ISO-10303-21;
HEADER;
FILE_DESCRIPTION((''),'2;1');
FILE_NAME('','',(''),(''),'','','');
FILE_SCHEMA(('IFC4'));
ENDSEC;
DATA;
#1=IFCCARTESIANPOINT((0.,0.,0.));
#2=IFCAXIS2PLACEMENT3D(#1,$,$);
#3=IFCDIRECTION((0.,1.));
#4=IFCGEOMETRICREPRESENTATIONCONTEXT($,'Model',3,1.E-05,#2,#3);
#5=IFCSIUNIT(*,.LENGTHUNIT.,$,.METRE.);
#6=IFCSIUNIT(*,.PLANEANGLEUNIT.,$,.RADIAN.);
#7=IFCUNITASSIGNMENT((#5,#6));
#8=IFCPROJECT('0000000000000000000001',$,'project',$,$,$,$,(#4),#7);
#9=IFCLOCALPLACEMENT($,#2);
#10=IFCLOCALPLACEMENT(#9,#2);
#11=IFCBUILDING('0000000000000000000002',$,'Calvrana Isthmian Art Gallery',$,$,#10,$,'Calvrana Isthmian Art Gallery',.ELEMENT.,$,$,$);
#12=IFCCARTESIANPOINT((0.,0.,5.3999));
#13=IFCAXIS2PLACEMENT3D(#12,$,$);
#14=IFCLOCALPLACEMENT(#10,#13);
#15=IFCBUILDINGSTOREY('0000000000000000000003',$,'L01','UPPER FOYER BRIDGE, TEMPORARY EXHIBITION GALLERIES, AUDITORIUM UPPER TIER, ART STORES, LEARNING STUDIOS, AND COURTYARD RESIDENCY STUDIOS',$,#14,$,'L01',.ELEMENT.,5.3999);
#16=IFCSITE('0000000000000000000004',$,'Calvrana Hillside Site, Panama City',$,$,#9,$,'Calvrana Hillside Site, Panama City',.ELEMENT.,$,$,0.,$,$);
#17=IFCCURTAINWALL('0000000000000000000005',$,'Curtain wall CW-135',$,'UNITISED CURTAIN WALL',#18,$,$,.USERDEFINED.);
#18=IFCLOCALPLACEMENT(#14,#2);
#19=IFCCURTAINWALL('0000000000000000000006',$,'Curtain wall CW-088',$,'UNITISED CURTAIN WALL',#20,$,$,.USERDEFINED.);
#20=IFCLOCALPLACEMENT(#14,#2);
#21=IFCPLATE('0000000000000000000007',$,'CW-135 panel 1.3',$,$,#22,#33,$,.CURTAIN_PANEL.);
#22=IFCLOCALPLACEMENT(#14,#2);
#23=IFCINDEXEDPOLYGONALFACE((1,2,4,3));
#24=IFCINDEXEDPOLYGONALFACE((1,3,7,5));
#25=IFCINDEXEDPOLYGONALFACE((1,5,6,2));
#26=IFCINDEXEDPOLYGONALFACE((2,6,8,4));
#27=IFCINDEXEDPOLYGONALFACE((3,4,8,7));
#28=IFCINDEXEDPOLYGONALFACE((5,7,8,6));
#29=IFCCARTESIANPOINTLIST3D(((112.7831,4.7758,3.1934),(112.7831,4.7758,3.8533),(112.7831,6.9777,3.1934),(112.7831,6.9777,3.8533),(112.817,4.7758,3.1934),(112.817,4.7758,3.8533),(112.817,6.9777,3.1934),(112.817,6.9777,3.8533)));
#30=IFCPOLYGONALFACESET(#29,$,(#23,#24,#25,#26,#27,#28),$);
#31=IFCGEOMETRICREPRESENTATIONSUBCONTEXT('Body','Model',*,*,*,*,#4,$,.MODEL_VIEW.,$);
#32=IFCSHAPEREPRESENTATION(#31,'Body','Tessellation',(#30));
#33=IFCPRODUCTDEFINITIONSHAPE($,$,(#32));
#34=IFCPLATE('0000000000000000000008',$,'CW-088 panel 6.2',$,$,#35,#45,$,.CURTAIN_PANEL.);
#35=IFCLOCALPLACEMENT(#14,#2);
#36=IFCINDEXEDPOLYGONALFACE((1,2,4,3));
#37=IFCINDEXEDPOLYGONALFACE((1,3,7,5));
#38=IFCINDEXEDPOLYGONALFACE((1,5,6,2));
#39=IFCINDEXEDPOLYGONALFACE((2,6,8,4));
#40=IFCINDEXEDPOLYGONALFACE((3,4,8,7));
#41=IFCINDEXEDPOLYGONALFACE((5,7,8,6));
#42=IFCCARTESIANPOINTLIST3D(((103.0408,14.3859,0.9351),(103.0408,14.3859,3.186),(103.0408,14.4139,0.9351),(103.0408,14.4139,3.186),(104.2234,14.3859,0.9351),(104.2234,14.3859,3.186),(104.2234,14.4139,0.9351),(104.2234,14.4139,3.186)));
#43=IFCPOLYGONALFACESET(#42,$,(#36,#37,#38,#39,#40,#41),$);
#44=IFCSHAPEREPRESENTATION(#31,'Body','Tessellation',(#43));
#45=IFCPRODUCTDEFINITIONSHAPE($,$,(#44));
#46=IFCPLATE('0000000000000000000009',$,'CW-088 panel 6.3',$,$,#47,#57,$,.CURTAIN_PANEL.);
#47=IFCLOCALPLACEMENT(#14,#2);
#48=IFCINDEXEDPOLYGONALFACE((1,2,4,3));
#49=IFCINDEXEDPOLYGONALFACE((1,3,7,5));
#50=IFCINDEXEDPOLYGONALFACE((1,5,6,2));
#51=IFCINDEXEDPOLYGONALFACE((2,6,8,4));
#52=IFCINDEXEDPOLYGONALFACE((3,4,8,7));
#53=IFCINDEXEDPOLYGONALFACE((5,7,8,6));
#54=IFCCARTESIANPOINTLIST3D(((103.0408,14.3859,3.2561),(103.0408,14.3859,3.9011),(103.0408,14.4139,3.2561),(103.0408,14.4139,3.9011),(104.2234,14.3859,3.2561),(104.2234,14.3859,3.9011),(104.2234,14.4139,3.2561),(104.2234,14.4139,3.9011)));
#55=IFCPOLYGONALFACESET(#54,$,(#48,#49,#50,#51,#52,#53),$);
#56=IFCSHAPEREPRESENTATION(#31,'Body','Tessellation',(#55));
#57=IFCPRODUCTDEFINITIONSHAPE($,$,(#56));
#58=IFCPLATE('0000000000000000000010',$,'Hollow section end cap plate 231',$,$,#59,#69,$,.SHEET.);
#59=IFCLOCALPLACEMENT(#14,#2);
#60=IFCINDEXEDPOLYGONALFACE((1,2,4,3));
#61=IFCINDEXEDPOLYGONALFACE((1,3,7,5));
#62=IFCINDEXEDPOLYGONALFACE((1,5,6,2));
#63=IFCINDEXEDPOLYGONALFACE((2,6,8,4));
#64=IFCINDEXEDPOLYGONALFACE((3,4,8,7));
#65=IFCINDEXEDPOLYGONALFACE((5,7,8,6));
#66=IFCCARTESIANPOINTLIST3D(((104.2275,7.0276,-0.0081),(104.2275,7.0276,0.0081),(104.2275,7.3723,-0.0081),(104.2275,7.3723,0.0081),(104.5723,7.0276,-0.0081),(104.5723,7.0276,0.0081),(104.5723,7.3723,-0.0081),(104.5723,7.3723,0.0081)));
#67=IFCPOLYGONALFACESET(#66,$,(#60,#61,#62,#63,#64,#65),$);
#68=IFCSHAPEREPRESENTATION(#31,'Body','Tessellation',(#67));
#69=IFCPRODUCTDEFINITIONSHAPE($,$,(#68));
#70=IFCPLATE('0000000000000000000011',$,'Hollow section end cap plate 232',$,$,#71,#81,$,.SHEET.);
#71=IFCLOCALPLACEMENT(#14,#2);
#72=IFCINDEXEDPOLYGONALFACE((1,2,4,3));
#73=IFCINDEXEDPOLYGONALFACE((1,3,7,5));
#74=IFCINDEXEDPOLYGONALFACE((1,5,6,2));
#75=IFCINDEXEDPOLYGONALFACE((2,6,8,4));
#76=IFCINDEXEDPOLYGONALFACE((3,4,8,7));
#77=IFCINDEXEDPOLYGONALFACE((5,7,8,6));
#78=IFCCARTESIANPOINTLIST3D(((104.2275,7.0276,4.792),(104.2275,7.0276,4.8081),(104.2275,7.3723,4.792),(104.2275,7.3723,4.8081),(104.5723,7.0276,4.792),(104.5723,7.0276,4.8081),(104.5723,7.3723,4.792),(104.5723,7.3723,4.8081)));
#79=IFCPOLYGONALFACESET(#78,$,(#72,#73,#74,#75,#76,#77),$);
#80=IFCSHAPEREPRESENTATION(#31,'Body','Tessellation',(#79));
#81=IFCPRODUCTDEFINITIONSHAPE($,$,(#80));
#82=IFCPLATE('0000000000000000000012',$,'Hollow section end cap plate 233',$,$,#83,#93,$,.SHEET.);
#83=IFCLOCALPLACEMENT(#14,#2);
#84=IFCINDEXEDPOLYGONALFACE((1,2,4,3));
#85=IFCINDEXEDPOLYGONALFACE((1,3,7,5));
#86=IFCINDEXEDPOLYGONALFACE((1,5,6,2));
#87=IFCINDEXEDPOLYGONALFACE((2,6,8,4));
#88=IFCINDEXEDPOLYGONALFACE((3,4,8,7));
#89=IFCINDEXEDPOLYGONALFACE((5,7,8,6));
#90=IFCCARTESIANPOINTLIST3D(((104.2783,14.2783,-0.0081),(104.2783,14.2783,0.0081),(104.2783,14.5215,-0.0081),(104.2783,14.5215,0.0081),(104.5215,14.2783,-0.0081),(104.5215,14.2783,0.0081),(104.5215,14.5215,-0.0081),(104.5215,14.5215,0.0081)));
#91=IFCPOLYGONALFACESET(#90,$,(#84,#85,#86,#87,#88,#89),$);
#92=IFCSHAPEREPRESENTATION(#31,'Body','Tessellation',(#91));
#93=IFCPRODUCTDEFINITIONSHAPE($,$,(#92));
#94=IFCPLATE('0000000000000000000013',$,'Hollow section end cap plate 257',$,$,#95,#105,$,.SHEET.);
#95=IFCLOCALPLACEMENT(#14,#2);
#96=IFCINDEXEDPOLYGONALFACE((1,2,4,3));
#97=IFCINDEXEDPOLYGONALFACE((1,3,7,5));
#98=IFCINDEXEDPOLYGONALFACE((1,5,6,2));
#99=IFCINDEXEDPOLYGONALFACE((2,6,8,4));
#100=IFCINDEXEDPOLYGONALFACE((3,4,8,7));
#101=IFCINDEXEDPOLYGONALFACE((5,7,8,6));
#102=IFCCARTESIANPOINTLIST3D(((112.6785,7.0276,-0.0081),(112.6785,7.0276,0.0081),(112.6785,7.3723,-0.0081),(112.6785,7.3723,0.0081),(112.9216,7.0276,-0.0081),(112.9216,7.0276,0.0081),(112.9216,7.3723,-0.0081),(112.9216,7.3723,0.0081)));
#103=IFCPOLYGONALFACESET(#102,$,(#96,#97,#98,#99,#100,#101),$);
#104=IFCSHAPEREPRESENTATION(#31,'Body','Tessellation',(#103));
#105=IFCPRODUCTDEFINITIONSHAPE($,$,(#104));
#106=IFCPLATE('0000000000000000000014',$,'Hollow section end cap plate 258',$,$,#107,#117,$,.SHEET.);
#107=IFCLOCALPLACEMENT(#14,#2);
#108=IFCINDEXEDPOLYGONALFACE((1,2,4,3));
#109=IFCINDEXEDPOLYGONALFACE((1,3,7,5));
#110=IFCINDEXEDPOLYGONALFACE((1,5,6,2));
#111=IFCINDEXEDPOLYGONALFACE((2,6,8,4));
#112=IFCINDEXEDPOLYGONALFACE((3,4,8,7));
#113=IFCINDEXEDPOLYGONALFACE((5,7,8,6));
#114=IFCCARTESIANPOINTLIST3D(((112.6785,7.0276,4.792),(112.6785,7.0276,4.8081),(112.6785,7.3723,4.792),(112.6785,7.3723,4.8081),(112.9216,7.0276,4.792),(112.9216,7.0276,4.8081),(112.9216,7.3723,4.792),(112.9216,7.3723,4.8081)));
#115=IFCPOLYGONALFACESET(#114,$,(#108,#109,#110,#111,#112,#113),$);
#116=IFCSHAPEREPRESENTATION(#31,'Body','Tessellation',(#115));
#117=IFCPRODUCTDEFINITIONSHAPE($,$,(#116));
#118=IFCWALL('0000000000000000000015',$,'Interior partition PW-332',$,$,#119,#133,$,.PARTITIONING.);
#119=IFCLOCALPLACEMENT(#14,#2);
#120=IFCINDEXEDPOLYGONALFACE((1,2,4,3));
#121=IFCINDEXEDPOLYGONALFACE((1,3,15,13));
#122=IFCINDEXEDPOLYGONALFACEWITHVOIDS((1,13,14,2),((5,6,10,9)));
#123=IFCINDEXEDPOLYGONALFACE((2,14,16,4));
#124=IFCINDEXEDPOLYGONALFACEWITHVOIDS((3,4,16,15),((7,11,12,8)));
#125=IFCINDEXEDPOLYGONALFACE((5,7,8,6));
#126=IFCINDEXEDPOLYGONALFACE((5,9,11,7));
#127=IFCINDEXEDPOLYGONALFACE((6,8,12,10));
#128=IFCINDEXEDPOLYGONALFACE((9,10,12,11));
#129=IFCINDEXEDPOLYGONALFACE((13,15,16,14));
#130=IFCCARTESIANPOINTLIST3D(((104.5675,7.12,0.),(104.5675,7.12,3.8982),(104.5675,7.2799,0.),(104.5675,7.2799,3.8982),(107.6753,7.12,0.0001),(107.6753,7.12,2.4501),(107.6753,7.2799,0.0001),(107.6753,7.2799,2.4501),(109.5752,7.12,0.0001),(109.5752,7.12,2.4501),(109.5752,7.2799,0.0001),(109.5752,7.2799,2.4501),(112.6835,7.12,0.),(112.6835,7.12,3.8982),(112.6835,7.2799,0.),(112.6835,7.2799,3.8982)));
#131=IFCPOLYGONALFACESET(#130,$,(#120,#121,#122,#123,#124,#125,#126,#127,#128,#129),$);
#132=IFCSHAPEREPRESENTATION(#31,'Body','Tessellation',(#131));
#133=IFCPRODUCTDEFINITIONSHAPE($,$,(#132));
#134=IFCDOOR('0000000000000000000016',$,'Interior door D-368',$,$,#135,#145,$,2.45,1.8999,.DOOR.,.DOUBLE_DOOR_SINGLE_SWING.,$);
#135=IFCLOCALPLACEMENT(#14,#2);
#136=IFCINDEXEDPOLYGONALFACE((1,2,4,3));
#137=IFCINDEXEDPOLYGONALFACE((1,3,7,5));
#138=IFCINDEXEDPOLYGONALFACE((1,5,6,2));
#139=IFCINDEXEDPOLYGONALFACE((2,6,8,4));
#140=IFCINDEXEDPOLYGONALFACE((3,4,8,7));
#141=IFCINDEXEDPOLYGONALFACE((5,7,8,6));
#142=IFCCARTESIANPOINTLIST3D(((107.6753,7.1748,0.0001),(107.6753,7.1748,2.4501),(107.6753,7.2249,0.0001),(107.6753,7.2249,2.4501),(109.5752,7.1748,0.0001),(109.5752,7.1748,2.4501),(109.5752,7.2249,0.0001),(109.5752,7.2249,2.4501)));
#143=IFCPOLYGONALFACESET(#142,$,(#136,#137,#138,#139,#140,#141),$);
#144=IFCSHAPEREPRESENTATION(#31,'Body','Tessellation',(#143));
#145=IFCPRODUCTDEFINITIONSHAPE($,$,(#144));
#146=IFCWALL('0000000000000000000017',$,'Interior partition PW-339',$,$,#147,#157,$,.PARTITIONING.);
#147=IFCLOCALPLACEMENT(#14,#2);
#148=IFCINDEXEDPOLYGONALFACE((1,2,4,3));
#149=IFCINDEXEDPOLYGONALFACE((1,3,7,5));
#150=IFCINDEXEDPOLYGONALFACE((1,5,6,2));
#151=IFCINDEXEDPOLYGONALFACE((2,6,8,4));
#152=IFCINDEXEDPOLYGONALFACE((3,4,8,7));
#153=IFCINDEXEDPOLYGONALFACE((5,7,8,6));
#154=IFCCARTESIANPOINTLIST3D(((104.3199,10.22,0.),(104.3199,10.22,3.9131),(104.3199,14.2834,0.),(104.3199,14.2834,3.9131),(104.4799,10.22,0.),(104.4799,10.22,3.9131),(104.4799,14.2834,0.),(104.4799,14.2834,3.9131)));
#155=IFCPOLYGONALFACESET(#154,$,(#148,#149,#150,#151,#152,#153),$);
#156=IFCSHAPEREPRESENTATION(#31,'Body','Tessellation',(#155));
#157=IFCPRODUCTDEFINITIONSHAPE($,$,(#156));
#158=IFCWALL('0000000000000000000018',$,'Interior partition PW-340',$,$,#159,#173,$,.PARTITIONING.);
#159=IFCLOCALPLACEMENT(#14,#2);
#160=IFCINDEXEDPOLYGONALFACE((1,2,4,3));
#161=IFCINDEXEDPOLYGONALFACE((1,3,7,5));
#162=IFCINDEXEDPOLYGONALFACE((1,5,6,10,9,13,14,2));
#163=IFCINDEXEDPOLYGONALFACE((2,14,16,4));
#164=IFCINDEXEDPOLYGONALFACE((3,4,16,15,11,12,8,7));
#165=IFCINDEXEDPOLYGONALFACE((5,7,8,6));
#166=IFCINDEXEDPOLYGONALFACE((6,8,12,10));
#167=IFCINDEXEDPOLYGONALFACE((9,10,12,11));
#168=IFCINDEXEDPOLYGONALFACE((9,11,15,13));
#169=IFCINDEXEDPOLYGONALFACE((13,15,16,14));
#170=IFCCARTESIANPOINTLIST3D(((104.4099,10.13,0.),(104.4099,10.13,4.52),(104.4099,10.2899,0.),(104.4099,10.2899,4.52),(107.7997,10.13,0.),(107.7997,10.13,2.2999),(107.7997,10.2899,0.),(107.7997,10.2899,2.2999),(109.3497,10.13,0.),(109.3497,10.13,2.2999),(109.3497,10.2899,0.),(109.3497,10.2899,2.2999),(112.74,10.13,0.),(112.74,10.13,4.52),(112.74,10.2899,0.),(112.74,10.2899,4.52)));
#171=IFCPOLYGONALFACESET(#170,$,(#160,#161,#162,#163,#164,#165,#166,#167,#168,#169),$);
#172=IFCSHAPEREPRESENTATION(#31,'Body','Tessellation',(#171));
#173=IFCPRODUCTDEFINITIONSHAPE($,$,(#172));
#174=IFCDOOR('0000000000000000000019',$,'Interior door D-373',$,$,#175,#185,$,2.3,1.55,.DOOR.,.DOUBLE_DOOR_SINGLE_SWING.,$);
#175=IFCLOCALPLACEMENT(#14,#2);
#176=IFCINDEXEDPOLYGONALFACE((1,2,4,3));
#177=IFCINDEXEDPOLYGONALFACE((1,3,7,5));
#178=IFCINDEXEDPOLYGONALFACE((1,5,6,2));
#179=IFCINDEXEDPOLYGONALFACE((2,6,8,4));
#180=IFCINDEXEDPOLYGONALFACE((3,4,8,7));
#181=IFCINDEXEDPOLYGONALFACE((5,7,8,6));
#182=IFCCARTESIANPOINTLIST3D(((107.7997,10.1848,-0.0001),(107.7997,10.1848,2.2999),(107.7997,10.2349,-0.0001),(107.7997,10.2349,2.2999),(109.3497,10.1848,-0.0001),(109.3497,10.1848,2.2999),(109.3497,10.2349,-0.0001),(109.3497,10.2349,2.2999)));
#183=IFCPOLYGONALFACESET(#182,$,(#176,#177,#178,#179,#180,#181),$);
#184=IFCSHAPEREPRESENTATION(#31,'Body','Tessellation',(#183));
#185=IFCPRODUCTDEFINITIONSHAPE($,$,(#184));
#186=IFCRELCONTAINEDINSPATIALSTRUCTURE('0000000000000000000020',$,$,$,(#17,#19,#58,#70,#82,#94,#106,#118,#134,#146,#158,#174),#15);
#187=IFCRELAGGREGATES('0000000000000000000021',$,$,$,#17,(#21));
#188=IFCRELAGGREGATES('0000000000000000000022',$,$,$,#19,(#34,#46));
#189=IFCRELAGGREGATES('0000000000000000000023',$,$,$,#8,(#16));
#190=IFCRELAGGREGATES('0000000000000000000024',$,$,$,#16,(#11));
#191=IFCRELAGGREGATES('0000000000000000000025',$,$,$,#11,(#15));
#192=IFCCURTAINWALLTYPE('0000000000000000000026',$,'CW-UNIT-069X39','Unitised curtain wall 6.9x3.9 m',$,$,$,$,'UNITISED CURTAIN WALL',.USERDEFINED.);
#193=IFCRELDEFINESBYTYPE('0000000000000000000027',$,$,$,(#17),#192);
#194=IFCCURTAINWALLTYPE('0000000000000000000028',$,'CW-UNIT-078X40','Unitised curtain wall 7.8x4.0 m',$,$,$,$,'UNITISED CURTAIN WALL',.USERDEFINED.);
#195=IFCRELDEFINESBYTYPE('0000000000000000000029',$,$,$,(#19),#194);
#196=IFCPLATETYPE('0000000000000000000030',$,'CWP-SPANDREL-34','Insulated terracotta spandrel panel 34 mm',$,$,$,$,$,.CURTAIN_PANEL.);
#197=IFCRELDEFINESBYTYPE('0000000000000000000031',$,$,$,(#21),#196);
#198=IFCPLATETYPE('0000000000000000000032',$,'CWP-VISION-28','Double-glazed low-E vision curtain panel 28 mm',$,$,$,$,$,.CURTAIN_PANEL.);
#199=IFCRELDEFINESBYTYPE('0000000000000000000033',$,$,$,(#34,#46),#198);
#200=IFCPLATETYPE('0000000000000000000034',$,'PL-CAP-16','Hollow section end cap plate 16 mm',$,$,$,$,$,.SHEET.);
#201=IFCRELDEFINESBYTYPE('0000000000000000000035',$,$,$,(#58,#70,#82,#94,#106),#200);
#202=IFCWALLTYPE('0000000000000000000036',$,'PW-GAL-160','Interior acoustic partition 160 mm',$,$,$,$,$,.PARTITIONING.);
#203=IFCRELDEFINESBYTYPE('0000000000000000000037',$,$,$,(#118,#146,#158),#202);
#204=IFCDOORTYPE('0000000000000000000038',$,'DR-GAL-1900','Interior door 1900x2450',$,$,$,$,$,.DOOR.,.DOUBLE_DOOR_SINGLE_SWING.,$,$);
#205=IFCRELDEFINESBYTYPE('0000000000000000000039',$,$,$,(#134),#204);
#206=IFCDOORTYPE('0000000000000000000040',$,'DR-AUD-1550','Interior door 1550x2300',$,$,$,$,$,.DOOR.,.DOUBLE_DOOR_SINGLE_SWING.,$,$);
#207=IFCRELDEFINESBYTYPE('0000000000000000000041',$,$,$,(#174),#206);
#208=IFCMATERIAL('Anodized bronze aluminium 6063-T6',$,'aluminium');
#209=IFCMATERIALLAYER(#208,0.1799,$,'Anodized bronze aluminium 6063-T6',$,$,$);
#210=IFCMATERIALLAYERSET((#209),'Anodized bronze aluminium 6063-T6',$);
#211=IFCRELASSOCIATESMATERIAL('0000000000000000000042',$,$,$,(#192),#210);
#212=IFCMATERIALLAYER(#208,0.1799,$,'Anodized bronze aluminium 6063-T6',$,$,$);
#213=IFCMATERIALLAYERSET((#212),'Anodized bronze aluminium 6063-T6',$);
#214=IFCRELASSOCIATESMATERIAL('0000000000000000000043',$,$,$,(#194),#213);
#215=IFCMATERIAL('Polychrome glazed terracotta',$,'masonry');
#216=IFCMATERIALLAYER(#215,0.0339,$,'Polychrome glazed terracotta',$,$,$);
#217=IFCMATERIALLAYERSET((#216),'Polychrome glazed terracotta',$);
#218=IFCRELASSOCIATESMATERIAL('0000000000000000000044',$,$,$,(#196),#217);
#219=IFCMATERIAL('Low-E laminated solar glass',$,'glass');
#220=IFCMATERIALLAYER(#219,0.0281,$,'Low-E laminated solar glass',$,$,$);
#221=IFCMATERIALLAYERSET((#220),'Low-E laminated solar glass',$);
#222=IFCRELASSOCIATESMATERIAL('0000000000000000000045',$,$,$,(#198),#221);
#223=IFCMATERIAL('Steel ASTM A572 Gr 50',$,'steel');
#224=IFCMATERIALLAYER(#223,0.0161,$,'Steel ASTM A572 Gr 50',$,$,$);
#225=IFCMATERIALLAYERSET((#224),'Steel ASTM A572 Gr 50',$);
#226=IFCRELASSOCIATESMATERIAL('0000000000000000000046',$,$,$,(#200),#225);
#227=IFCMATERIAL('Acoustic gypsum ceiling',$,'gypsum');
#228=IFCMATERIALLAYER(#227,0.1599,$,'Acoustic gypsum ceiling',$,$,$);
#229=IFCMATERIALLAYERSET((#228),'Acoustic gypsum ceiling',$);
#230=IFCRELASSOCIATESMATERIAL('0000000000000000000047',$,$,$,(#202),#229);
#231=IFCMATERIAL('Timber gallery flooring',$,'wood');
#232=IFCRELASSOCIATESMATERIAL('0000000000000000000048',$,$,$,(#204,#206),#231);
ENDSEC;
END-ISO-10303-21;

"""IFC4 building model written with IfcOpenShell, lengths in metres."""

from ifc_helpers import new_model, si_unit, direction, frame, frame_2d, origin, origin_2d, place, context, subcontext, project, spatial, rectangle, extrude, material, layer, layer_set, type_object, element, fill, aggregate, save


model = new_model("IFC4")

# Units and contexts
model_context = context("Model", 3, precision=1e-05, world=origin(), true_north=direction((0.0, 1.0)))
body_context = subcontext(model_context, "Body", "Model", "MODEL_VIEW")
ifc_project = project(units=[si_unit("LENGTHUNIT", "METRE"), si_unit("PLANEANGLEUNIT", "RADIAN")], contexts=[model_context])

# Site, building, storey
site_placement = place(None, origin())
site = spatial("IfcSite", under=ifc_project, at=site_placement, Name="Calvrana Hillside Site, Panama City", LongName="Calvrana Hillside Site, Panama City", CompositionType="ELEMENT", RefElevation=0.0)
building_placement = place(site_placement, origin())
building = spatial("IfcBuilding", under=site, at=building_placement, Name="Calvrana Isthmian Art Gallery", LongName="Calvrana Isthmian Art Gallery", CompositionType="ELEMENT")
storey_placement = place(building_placement, frame((0.0, 0.0, 5.3999)))
storey = spatial("IfcBuildingStorey", under=building, at=storey_placement, Name="L01", Description="UPPER FOYER BRIDGE, TEMPORARY EXHIBITION GALLERIES, AUDITORIUM UPPER TIER, ART STORES, LEARNING STUDIOS, AND COURTYARD RESIDENCY STUDIOS", LongName="L01", CompositionType="ELEMENT", Elevation=5.3999)

# Curtain wall
ifc_material_1 = material(Name="Anodized bronze aluminium 6063-T6", Category="aluminium")
ifc_layer_1 = layer(ifc_material_1, 0.1799, Name="Anodized bronze aluminium 6063-T6")
ifc_layer_set_1 = layer_set([ifc_layer_1], Name="Anodized bronze aluminium 6063-T6")
curtain_wall_type_1 = type_object("IfcCurtainWallType", Name="CW-UNIT-069X39", Description="Unitised curtain wall 6.9x3.9 m", ElementType="UNITISED CURTAIN WALL", PredefinedType="USERDEFINED", material=ifc_layer_set_1)
curtain_wall_1_placement = place(storey_placement, origin())
curtain_wall_1 = element("IfcCurtainWall", 1, at=curtain_wall_1_placement, inside=storey, type_object=curtain_wall_type_1, Name="Curtain wall CW-135", ObjectType="UNITISED CURTAIN WALL", PredefinedType="USERDEFINED")

# Curtain wall
ifc_layer_2 = layer(ifc_material_1, 0.1799, Name="Anodized bronze aluminium 6063-T6")
ifc_layer_set_2 = layer_set([ifc_layer_2], Name="Anodized bronze aluminium 6063-T6")
curtain_wall_type_2 = type_object("IfcCurtainWallType", Name="CW-UNIT-078X40", Description="Unitised curtain wall 7.8x4.0 m", ElementType="UNITISED CURTAIN WALL", PredefinedType="USERDEFINED", material=ifc_layer_set_2)
curtain_wall_2_placement = place(storey_placement, origin())
curtain_wall_2 = element("IfcCurtainWall", 2, at=curtain_wall_2_placement, inside=storey, type_object=curtain_wall_type_2, Name="Curtain wall CW-088", ObjectType="UNITISED CURTAIN WALL", PredefinedType="USERDEFINED")

# Plates
ifc_material_2 = material(Name="Polychrome glazed terracotta", Category="masonry")
ifc_layer_3 = layer(ifc_material_2, 0.0339, Name="Polychrome glazed terracotta")
ifc_layer_set_3 = layer_set([ifc_layer_3], Name="Polychrome glazed terracotta")
plate_type_1 = type_object("IfcPlateType", Name="CWP-SPANDREL-34", Description="Insulated terracotta spandrel panel 34 mm", PredefinedType="CURTAIN_PANEL", material=ifc_layer_set_3)
plate_1_placement = place(storey_placement, frame((112.8, 5.8767, 3.1934), z_axis=(0.0, 0.0, 1.0), x_axis=(0.0, -1.0, 0.0)))
plate_1 = element("IfcPlate", 3, at=plate_1_placement, type_object=plate_type_1, Name="CW-135 panel 1.3", PredefinedType="CURTAIN_PANEL", context=body_context, shape_type="SweptSolid", body=[
    extrude(rectangle(XDim=2.2019, YDim=0.0339, at=origin_2d()), origin(), (0.0, 0.0, 1.0), 0.6599),
])
aggregate(curtain_wall_1, [plate_1])
ifc_material_3 = material(Name="Low-E laminated solar glass", Category="glass")
ifc_layer_4 = layer(ifc_material_3, 0.0281, Name="Low-E laminated solar glass")
ifc_layer_set_4 = layer_set([ifc_layer_4], Name="Low-E laminated solar glass")
plate_type_2 = type_object("IfcPlateType", Name="CWP-VISION-28", Description="Double-glazed low-E vision curtain panel 28 mm", PredefinedType="CURTAIN_PANEL", material=ifc_layer_set_4)
plate_2_placement = place(storey_placement, frame((103.6321, 14.3999, 0.9351), z_axis=(0.0, 0.0, 1.0), x_axis=(1.0, 0.0, 0.0)))
plate_2 = element("IfcPlate", 4, at=plate_2_placement, type_object=plate_type_2, Name="CW-088 panel 6.2", PredefinedType="CURTAIN_PANEL", context=body_context, shape_type="SweptSolid", body=[
    extrude(rectangle(XDim=1.1826, YDim=0.0281, at=origin_2d()), origin(), (0.0, 0.0, 1.0), 2.251),
])
plate_3_placement = place(storey_placement, frame((103.6321, 14.3999, 3.2561), z_axis=(0.0, 0.0, 1.0), x_axis=(1.0, 0.0, 0.0)))
plate_3 = element("IfcPlate", 5, at=plate_3_placement, type_object=plate_type_2, Name="CW-088 panel 6.3", PredefinedType="CURTAIN_PANEL", context=body_context, shape_type="SweptSolid", body=[
    extrude(rectangle(XDim=1.1826, YDim=0.0281, at=origin_2d()), origin(), (0.0, 0.0, 1.0), 0.645),
])
aggregate(curtain_wall_2, [plate_2, plate_3])

# Plates
ifc_material_4 = material(Name="Steel ASTM A572 Gr 50", Category="steel")
ifc_layer_5 = layer(ifc_material_4, 0.0161, Name="Steel ASTM A572 Gr 50")
ifc_layer_set_5 = layer_set([ifc_layer_5], Name="Steel ASTM A572 Gr 50")
plate_type_3 = type_object("IfcPlateType", Name="PL-CAP-16", Description="Hollow section end cap plate 16 mm", PredefinedType="SHEET", material=ifc_layer_set_5)
for number, where, z_axis, x_axis, name in (
    (6, (104.3999, 7.2, -0.0081), (0.0, 0.0, 1.0), (1.0, 0.0, 0.0), "Hollow section end cap plate 231"),
    (7, (104.3999, 7.2, 4.792), (0.0, 0.0, 1.0), (1.0, 0.0, 0.0), "Hollow section end cap plate 232"),
):
    element("IfcPlate", number, at=place(storey_placement, frame(where, z_axis=z_axis, x_axis=x_axis)), inside=storey, type_object=plate_type_3, Name=name, PredefinedType="SHEET", context=body_context, shape_type="SweptSolid", body=[
        extrude(rectangle(XDim=0.3447, YDim=0.3447, at=origin_2d()), origin(), (0.0, 0.0, 1.0), 0.0161),
    ])
plate_4_placement = place(storey_placement, frame((104.3999, 14.3999, -0.0081), z_axis=(0.0, 0.0, 1.0), x_axis=(1.0, 0.0, 0.0)))
element("IfcPlate", 8, at=plate_4_placement, inside=storey, type_object=plate_type_3, Name="Hollow section end cap plate 233", PredefinedType="SHEET", context=body_context, shape_type="SweptSolid", body=[
    extrude(rectangle(XDim=0.2432, YDim=0.2432, at=origin_2d()), origin(), (0.0, 0.0, 1.0), 0.0161),
])
for number, where, z_axis, x_axis, name in (
    (9, (112.8, 7.2, -0.0081), (0.0, 0.0, 1.0), (1.0, 0.0, 0.0), "Hollow section end cap plate 257"),
    (10, (112.8, 7.2, 4.792), (0.0, 0.0, 1.0), (1.0, 0.0, 0.0), "Hollow section end cap plate 258"),
):
    element("IfcPlate", number, at=place(storey_placement, frame(where, z_axis=z_axis, x_axis=x_axis)), inside=storey, type_object=plate_type_3, Name=name, PredefinedType="SHEET", context=body_context, shape_type="SweptSolid", body=[
        extrude(rectangle(XDim=0.2432, YDim=0.3447, at=origin_2d()), origin(), (0.0, 0.0, 1.0), 0.0161),
    ])

# Wall, opening, door
ifc_material_5 = material(Name="Acoustic gypsum ceiling", Category="gypsum")
ifc_layer_6 = layer(ifc_material_5, 0.1599, Name="Acoustic gypsum ceiling")
ifc_layer_set_6 = layer_set([ifc_layer_6], Name="Acoustic gypsum ceiling")
wall_type = type_object("IfcWallType", Name="PW-GAL-160", Description="Interior acoustic partition 160 mm", PredefinedType="PARTITIONING", material=ifc_layer_set_6)
wall_1_placement = place(storey_placement, frame((104.5674, 7.2, 0.0), z_axis=(0.0, 0.0, 1.0), x_axis=(1.0, 0.0, 0.0)))
wall_1 = element("IfcWall", 11, at=wall_1_placement, inside=storey, type_object=wall_type, Name="Interior partition PW-332", PredefinedType="PARTITIONING", context=body_context, shape_type="SweptSolid", body=[
    extrude(rectangle(XDim=8.116, YDim=0.1599, at=frame_2d((4.0581, 0.0))), origin(), (0.0, 0.0, 1.0), 3.8982),
])
opening_1_placement = place(wall_1_placement, frame((3.1079, 0.0, 0.0)))
opening_1 = element("IfcOpeningElement", 12, at=opening_1_placement, cuts=wall_1, PredefinedType="OPENING", context=body_context, shape_type="SweptSolid", body=[
    extrude(rectangle(XDim=1.8999, YDim=2.45, at=frame_2d((0.95, 1.2251))), frame((0.0, 0.0903, 0.0), z_axis=(0.0, -1.0, 0.0), x_axis=(1.0, 0.0, 0.0)), (0.0, 0.0, 1.0), 0.1804),
])
ifc_material_6 = material(Name="Timber gallery flooring", Category="wood")
door_type_1 = type_object("IfcDoorType", Name="DR-GAL-1900", Description="Interior door 1900x2450", OperationType="DOUBLE_DOOR_SINGLE_SWING", PredefinedType="DOOR", material=ifc_material_6)
door_1_placement = place(opening_1_placement, origin())
door_1 = element("IfcDoor", 13, at=door_1_placement, inside=storey, type_object=door_type_1, Name="Interior door D-368", OperationType="DOUBLE_DOOR_SINGLE_SWING", OverallHeight=2.45, OverallWidth=1.8999, PredefinedType="DOOR", context=body_context, shape_type="SweptSolid", body=[
    extrude(rectangle(XDim=1.8999, YDim=2.45, at=frame_2d((0.95, 1.2251))), frame((0.0, 0.0249, 0.0), z_axis=(0.0, -1.0, 0.0), x_axis=(1.0, 0.0, 0.0)), (0.0, 0.0, 1.0), 0.05),
])
fill(opening_1, door_1)

# Wall
wall_2_placement = place(storey_placement, frame((104.3999, 10.22, 0.0), z_axis=(0.0, 0.0, 1.0), x_axis=(0.0, 1.0, 0.0)))
element("IfcWall", 14, at=wall_2_placement, inside=storey, type_object=wall_type, Name="Interior partition PW-339", PredefinedType="PARTITIONING", context=body_context, shape_type="SweptSolid", body=[
    extrude(rectangle(XDim=4.0635, YDim=0.1599, at=frame_2d((2.0317, 0.0))), origin(), (0.0, 0.0, 1.0), 3.9131),
])

# Wall, opening, door
wall_3_placement = place(storey_placement, frame((104.4099, 10.21, 0.0), z_axis=(0.0, 0.0, 1.0), x_axis=(1.0, 0.0, 0.0)))
wall_3 = element("IfcWall", 15, at=wall_3_placement, inside=storey, type_object=wall_type, Name="Interior partition PW-340", PredefinedType="PARTITIONING", context=body_context, shape_type="SweptSolid", body=[
    extrude(rectangle(XDim=8.3301, YDim=0.1599, at=frame_2d((4.165, 0.0))), origin(), (0.0, 0.0, 1.0), 4.52),
])
opening_2_placement = place(wall_3_placement, frame((3.3899, 0.0, 0.0)))
opening_2 = element("IfcOpeningElement", 16, at=opening_2_placement, cuts=wall_3, PredefinedType="OPENING", context=body_context, shape_type="SweptSolid", body=[
    extrude(rectangle(XDim=1.55, YDim=2.3, at=frame_2d((0.7749, 1.1499))), frame((0.0, 0.0903, 0.0), z_axis=(0.0, -1.0, 0.0), x_axis=(1.0, 0.0, 0.0)), (0.0, 0.0, 1.0), 0.1804),
])
door_type_2 = type_object("IfcDoorType", Name="DR-AUD-1550", Description="Interior door 1550x2300", OperationType="DOUBLE_DOOR_SINGLE_SWING", PredefinedType="DOOR", material=ifc_material_6)
door_2_placement = place(opening_2_placement, origin())
door_2 = element("IfcDoor", 17, at=door_2_placement, inside=storey, type_object=door_type_2, Name="Interior door D-373", OperationType="DOUBLE_DOOR_SINGLE_SWING", OverallHeight=2.3, OverallWidth=1.55, PredefinedType="DOOR", context=body_context, shape_type="SweptSolid", body=[
    extrude(rectangle(XDim=1.55, YDim=2.3, at=frame_2d((0.7749, 1.1499))), frame((0.0, 0.0249, 0.0), z_axis=(0.0, -1.0, 0.0), x_axis=(1.0, 0.0, 0.0)), (0.0, 0.0, 1.0), 0.05),
])
fill(opening_2, door_2)

save(model, "model.ifc")
